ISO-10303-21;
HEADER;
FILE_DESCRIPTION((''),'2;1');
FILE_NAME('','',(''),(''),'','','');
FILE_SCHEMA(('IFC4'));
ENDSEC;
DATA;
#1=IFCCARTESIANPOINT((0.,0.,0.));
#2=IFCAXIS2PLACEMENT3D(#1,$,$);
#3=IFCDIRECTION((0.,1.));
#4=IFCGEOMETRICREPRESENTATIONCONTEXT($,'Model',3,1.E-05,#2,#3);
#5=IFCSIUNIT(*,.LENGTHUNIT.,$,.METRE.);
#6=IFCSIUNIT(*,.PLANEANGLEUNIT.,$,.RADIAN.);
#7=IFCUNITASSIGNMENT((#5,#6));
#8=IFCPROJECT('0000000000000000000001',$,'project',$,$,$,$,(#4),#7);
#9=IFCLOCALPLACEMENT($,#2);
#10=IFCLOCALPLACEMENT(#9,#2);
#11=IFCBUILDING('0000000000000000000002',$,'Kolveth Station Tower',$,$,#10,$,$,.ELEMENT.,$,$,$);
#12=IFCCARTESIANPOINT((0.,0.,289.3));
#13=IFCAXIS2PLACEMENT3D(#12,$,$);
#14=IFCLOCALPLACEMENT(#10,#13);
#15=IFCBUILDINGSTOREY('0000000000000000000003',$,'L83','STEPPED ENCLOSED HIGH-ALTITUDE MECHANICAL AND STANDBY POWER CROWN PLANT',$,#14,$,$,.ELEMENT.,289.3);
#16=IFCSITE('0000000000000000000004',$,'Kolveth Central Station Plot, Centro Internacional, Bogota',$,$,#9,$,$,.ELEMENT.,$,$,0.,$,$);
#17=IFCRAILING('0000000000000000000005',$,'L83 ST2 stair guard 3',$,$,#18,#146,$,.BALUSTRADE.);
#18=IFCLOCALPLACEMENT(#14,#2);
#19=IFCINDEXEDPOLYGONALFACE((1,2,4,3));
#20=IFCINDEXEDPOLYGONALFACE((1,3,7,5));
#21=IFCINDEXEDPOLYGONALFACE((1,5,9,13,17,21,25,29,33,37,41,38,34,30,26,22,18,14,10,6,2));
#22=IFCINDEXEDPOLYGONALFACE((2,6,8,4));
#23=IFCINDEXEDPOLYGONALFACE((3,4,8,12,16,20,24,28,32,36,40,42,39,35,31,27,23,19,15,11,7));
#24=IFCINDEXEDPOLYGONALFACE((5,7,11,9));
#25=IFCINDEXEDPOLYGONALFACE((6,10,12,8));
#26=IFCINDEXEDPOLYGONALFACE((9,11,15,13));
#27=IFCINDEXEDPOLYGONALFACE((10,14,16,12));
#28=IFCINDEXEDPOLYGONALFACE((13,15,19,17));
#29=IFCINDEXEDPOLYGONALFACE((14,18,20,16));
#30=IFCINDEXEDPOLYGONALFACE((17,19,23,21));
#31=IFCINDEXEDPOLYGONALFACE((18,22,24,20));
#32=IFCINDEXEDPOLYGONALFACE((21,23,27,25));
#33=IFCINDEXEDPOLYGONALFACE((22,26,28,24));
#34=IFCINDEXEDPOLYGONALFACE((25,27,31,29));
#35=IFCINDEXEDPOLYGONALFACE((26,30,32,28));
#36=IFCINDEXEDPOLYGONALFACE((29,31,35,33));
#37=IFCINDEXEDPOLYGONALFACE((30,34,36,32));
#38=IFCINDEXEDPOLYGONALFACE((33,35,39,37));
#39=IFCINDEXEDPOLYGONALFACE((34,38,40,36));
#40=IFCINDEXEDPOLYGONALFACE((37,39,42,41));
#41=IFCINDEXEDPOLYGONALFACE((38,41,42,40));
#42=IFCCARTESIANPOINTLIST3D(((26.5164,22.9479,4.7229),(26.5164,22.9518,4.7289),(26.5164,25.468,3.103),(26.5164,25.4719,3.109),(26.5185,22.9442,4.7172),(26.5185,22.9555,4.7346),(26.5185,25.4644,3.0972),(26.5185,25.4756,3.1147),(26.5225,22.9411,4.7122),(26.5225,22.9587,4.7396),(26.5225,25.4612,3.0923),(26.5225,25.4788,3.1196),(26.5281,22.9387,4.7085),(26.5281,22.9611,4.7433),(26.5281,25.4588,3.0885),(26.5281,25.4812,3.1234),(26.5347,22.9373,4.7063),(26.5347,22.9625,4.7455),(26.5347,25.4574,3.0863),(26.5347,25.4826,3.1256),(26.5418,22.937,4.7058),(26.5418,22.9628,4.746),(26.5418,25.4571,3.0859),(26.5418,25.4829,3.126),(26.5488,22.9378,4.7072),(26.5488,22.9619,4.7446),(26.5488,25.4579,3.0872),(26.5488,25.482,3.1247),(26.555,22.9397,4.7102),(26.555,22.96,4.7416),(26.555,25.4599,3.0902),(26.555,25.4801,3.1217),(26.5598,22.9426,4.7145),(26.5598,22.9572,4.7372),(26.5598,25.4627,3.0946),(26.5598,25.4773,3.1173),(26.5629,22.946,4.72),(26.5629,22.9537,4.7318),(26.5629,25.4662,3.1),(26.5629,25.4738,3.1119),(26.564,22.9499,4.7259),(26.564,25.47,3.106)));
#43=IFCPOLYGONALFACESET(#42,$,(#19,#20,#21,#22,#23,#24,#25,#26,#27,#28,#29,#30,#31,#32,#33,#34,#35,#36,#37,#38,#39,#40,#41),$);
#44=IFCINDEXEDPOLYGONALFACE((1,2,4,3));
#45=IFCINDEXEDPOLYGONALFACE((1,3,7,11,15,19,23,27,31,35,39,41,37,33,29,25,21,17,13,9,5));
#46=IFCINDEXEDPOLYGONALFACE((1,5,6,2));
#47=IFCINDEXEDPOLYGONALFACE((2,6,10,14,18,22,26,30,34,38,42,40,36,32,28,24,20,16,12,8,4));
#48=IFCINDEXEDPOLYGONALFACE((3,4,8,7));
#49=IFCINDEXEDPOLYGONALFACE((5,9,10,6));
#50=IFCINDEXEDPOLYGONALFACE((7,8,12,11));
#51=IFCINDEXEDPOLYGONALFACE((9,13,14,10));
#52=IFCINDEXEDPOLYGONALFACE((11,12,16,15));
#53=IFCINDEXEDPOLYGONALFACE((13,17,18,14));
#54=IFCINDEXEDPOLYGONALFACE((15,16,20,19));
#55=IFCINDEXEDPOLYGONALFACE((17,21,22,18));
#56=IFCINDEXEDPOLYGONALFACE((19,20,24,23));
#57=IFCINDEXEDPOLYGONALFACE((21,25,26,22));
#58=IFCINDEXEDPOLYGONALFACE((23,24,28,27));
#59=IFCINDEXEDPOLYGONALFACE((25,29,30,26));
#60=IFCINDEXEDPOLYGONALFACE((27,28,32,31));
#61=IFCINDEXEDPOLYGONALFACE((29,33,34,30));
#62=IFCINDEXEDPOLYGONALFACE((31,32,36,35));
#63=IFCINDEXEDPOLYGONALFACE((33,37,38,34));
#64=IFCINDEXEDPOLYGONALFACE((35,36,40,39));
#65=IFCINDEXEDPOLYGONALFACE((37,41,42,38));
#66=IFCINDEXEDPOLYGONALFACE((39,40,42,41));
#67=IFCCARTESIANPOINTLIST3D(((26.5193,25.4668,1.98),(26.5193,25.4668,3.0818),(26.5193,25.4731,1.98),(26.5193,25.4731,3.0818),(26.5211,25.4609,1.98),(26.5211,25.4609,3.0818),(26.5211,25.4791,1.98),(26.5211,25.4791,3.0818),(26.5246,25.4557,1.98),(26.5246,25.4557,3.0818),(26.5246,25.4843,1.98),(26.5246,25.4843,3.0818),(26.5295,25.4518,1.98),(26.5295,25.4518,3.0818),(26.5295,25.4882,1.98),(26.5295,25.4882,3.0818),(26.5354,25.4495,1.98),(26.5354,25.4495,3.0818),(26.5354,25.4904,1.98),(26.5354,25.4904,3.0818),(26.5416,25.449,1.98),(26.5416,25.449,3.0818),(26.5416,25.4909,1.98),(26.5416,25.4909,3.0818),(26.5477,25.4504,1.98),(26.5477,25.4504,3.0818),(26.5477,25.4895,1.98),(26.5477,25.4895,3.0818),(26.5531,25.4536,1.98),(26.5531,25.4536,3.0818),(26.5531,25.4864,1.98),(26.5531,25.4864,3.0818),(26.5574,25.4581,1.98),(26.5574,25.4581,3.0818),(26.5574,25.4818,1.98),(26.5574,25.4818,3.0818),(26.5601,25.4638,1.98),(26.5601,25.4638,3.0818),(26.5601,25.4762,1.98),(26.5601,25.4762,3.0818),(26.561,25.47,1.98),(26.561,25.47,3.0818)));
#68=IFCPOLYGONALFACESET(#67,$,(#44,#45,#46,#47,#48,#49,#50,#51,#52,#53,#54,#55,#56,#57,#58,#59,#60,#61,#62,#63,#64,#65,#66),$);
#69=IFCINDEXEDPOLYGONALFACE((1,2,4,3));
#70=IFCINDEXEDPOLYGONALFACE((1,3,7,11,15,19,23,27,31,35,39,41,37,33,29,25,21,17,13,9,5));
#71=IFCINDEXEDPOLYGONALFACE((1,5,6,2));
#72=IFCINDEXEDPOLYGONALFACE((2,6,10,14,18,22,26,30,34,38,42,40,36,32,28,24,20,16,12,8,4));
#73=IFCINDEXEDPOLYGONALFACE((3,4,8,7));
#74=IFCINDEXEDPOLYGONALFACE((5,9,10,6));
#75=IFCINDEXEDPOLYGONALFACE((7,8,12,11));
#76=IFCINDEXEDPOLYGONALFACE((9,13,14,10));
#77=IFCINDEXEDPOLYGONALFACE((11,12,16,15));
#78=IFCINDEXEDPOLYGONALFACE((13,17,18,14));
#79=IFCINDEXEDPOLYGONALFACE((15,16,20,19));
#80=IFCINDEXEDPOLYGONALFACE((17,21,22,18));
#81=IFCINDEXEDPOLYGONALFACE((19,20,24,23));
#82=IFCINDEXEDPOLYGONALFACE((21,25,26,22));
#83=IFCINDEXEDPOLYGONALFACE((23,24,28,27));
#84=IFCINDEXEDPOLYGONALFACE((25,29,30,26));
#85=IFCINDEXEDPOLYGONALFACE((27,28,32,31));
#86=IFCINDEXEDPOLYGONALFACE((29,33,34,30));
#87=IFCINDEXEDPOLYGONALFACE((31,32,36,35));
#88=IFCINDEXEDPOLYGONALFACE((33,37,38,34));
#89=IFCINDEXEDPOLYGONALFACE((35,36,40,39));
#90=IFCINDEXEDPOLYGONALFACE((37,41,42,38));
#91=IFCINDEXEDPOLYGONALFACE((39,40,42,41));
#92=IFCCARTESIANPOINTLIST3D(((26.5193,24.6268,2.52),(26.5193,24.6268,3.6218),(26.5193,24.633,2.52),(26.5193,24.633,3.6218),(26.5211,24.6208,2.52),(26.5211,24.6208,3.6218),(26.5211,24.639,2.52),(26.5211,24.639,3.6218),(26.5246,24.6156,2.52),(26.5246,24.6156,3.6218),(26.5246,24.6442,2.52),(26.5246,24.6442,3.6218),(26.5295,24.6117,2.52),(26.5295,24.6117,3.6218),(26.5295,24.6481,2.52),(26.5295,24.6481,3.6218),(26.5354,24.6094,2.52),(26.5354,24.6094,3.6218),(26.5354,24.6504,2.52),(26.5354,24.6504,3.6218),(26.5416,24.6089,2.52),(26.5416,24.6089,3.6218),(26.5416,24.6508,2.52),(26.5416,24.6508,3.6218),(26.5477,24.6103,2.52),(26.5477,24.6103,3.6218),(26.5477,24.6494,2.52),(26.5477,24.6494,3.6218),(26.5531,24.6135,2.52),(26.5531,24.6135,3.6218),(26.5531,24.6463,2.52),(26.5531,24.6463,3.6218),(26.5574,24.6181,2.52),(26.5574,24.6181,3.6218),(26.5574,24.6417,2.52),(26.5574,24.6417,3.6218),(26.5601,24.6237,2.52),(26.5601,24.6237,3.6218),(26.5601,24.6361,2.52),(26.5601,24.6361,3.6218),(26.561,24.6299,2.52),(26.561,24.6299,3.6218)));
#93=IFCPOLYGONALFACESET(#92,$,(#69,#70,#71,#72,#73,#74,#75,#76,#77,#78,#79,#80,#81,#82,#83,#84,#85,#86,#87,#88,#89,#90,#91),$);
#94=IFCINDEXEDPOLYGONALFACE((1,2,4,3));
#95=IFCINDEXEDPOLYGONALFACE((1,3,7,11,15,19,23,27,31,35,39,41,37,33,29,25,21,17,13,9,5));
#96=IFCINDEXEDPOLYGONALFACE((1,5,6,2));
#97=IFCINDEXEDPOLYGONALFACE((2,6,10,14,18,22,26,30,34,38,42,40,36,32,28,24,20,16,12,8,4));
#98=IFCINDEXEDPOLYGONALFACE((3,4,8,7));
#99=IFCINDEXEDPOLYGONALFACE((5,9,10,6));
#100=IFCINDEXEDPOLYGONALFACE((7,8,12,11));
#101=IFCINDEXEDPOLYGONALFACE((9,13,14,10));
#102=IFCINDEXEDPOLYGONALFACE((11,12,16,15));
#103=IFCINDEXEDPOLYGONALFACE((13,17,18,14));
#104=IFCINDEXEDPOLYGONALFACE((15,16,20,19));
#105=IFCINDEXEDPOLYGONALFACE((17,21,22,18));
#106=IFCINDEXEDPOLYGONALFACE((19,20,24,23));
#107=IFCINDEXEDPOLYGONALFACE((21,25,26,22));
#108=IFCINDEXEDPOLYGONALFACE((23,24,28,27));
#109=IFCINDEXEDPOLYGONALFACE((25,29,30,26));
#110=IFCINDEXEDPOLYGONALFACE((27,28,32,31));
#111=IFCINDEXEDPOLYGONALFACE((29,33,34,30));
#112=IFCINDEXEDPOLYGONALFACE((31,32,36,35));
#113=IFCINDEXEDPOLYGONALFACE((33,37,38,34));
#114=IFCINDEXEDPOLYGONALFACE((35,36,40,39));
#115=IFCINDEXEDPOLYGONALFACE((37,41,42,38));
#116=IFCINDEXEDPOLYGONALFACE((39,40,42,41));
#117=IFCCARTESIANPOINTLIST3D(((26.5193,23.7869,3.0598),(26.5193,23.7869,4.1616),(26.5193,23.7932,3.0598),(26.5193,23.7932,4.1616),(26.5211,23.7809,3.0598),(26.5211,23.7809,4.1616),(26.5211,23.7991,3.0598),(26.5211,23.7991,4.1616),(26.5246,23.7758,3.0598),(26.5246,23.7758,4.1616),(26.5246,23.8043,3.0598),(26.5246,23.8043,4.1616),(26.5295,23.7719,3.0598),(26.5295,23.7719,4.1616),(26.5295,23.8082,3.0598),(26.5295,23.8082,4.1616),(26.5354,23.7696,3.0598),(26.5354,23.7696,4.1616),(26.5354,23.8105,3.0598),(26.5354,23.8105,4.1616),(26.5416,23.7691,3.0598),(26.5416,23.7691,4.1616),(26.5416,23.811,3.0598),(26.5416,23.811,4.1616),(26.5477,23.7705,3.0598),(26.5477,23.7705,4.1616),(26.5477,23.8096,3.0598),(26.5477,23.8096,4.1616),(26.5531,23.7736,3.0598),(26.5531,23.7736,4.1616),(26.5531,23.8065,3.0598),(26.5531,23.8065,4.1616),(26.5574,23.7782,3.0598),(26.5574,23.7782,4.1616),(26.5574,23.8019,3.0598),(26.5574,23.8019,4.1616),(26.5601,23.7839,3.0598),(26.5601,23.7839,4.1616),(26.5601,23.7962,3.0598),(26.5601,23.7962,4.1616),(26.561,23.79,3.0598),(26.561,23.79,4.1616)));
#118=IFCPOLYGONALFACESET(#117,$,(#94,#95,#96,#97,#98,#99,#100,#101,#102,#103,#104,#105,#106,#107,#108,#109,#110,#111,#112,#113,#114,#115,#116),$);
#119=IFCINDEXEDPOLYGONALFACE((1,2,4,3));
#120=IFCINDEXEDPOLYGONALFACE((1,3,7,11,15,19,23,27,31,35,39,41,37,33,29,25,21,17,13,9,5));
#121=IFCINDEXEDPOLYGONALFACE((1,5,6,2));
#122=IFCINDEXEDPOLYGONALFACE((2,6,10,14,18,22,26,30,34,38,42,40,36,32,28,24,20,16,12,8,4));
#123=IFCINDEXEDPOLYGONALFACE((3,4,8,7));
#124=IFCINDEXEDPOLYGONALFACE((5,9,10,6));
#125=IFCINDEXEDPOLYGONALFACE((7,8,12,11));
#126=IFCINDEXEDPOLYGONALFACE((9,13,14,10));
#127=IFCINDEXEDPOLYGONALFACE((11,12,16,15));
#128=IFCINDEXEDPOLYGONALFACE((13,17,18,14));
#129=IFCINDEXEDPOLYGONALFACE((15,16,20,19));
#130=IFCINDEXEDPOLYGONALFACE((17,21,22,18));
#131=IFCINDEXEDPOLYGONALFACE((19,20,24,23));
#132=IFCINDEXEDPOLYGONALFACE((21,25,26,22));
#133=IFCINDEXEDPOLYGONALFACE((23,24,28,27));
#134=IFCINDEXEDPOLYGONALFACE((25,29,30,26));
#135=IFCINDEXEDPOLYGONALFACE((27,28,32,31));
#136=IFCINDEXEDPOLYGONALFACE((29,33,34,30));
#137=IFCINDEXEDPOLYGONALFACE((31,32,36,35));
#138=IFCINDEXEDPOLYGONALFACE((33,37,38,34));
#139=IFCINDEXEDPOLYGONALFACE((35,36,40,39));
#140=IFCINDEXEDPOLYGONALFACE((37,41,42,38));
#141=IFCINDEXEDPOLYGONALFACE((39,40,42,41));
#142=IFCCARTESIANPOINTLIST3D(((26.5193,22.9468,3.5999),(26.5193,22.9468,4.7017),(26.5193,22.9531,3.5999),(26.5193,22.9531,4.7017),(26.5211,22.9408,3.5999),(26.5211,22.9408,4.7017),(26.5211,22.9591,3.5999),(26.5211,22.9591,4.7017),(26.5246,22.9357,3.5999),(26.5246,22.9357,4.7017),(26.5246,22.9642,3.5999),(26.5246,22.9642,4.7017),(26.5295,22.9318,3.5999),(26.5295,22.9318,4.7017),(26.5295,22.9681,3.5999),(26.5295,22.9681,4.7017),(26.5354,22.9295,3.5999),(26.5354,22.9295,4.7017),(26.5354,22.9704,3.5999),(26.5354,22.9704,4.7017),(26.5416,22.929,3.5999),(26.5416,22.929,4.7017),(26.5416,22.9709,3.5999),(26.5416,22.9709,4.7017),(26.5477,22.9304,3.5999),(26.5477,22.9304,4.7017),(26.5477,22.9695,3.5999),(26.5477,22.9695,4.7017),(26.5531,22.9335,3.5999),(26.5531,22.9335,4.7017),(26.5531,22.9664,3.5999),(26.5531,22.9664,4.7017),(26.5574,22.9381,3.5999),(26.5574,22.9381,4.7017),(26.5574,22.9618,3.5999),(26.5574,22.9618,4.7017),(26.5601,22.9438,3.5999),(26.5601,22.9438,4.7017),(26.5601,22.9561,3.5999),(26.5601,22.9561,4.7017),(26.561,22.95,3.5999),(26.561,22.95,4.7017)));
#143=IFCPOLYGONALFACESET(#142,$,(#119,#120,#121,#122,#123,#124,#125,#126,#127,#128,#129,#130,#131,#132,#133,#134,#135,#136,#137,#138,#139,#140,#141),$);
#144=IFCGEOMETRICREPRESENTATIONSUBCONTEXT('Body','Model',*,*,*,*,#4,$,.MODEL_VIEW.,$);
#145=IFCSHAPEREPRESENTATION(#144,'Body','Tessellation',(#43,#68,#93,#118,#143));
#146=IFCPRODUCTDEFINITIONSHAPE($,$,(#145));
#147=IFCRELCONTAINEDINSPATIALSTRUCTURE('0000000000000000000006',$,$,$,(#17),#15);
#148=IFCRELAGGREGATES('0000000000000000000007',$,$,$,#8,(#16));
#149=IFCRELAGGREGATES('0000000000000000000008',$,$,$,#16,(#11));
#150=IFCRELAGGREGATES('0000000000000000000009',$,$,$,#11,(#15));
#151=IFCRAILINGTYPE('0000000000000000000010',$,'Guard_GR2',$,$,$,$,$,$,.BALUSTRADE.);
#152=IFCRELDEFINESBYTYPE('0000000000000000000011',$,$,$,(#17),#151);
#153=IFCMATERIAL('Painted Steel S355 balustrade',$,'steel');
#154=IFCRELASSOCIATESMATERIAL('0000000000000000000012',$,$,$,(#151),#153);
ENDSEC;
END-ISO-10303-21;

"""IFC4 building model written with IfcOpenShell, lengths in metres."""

from ifc_helpers import new_model, si_unit, direction, frame, origin, origin_2d, place, context, subcontext, project, spatial, circle, extrude, material, type_object, element, save


model = new_model("IFC4")

# Units and contexts
model_context = context("Model", 3, precision=1e-05, world=origin(), true_north=direction((0.0, 1.0)))
body_context = subcontext(model_context, "Body", "Model", "MODEL_VIEW")
ifc_project = project(units=[si_unit("LENGTHUNIT", "METRE"), si_unit("PLANEANGLEUNIT", "RADIAN")], contexts=[model_context])

# Site, building, storey
site_placement = place(None, origin())
site = spatial("IfcSite", under=ifc_project, at=site_placement, Name="Kolveth Central Station Plot, Centro Internacional, Bogota", CompositionType="ELEMENT", RefElevation=0.0)
building_placement = place(site_placement, origin())
building = spatial("IfcBuilding", under=site, at=building_placement, Name="Kolveth Station Tower", CompositionType="ELEMENT")
storey_placement = place(building_placement, frame((0.0, 0.0, 289.3)))
storey = spatial("IfcBuildingStorey", under=building, at=storey_placement, Name="L83", Description="STEPPED ENCLOSED HIGH-ALTITUDE MECHANICAL AND STANDBY POWER CROWN PLANT", CompositionType="ELEMENT", Elevation=289.3)

# Railing
ifc_material_1 = material(Name="Painted Steel S355 balustrade", Category="steel")
railing_type_1 = type_object("IfcRailingType", Name="Guard_GR2", PredefinedType="BALUSTRADE", material=ifc_material_1)
railing_1_placement = place(storey_placement, frame((26.54, 25.47, 1.98)))
element("IfcRailing", 1, at=railing_1_placement, inside=storey, type_object=railing_type_1, Name="L83 ST2 stair guard 3", PredefinedType="BALUSTRADE", context=body_context, shape_type="SweptSolid", body=[
    extrude(circle(Radius=0.0239, at=origin_2d()), frame((0.0, 0.0, 1.126), z_axis=(0.0, -0.8412, 0.540725), x_axis=(1.0, 0.0, 0.0)), (0.0, 0.0, 1.0), 2.9958),
    extrude(circle(Radius=0.021, at=origin_2d()), origin(), (0.0, 0.0, 1.0), 1.1018),
    extrude(circle(Radius=0.021, at=origin_2d()), frame((0.0, -0.8401, 0.54)), (0.0, 0.0, 1.0), 1.1018),
    extrude(circle(Radius=0.021, at=origin_2d()), frame((0.0, -1.6799, 1.0798)), (0.0, 0.0, 1.0), 1.1018),
    extrude(circle(Radius=0.021, at=origin_2d()), frame((0.0, -2.52, 1.6199)), (0.0, 0.0, 1.0), 1.1018),
])

save(model, "model.ifc")
